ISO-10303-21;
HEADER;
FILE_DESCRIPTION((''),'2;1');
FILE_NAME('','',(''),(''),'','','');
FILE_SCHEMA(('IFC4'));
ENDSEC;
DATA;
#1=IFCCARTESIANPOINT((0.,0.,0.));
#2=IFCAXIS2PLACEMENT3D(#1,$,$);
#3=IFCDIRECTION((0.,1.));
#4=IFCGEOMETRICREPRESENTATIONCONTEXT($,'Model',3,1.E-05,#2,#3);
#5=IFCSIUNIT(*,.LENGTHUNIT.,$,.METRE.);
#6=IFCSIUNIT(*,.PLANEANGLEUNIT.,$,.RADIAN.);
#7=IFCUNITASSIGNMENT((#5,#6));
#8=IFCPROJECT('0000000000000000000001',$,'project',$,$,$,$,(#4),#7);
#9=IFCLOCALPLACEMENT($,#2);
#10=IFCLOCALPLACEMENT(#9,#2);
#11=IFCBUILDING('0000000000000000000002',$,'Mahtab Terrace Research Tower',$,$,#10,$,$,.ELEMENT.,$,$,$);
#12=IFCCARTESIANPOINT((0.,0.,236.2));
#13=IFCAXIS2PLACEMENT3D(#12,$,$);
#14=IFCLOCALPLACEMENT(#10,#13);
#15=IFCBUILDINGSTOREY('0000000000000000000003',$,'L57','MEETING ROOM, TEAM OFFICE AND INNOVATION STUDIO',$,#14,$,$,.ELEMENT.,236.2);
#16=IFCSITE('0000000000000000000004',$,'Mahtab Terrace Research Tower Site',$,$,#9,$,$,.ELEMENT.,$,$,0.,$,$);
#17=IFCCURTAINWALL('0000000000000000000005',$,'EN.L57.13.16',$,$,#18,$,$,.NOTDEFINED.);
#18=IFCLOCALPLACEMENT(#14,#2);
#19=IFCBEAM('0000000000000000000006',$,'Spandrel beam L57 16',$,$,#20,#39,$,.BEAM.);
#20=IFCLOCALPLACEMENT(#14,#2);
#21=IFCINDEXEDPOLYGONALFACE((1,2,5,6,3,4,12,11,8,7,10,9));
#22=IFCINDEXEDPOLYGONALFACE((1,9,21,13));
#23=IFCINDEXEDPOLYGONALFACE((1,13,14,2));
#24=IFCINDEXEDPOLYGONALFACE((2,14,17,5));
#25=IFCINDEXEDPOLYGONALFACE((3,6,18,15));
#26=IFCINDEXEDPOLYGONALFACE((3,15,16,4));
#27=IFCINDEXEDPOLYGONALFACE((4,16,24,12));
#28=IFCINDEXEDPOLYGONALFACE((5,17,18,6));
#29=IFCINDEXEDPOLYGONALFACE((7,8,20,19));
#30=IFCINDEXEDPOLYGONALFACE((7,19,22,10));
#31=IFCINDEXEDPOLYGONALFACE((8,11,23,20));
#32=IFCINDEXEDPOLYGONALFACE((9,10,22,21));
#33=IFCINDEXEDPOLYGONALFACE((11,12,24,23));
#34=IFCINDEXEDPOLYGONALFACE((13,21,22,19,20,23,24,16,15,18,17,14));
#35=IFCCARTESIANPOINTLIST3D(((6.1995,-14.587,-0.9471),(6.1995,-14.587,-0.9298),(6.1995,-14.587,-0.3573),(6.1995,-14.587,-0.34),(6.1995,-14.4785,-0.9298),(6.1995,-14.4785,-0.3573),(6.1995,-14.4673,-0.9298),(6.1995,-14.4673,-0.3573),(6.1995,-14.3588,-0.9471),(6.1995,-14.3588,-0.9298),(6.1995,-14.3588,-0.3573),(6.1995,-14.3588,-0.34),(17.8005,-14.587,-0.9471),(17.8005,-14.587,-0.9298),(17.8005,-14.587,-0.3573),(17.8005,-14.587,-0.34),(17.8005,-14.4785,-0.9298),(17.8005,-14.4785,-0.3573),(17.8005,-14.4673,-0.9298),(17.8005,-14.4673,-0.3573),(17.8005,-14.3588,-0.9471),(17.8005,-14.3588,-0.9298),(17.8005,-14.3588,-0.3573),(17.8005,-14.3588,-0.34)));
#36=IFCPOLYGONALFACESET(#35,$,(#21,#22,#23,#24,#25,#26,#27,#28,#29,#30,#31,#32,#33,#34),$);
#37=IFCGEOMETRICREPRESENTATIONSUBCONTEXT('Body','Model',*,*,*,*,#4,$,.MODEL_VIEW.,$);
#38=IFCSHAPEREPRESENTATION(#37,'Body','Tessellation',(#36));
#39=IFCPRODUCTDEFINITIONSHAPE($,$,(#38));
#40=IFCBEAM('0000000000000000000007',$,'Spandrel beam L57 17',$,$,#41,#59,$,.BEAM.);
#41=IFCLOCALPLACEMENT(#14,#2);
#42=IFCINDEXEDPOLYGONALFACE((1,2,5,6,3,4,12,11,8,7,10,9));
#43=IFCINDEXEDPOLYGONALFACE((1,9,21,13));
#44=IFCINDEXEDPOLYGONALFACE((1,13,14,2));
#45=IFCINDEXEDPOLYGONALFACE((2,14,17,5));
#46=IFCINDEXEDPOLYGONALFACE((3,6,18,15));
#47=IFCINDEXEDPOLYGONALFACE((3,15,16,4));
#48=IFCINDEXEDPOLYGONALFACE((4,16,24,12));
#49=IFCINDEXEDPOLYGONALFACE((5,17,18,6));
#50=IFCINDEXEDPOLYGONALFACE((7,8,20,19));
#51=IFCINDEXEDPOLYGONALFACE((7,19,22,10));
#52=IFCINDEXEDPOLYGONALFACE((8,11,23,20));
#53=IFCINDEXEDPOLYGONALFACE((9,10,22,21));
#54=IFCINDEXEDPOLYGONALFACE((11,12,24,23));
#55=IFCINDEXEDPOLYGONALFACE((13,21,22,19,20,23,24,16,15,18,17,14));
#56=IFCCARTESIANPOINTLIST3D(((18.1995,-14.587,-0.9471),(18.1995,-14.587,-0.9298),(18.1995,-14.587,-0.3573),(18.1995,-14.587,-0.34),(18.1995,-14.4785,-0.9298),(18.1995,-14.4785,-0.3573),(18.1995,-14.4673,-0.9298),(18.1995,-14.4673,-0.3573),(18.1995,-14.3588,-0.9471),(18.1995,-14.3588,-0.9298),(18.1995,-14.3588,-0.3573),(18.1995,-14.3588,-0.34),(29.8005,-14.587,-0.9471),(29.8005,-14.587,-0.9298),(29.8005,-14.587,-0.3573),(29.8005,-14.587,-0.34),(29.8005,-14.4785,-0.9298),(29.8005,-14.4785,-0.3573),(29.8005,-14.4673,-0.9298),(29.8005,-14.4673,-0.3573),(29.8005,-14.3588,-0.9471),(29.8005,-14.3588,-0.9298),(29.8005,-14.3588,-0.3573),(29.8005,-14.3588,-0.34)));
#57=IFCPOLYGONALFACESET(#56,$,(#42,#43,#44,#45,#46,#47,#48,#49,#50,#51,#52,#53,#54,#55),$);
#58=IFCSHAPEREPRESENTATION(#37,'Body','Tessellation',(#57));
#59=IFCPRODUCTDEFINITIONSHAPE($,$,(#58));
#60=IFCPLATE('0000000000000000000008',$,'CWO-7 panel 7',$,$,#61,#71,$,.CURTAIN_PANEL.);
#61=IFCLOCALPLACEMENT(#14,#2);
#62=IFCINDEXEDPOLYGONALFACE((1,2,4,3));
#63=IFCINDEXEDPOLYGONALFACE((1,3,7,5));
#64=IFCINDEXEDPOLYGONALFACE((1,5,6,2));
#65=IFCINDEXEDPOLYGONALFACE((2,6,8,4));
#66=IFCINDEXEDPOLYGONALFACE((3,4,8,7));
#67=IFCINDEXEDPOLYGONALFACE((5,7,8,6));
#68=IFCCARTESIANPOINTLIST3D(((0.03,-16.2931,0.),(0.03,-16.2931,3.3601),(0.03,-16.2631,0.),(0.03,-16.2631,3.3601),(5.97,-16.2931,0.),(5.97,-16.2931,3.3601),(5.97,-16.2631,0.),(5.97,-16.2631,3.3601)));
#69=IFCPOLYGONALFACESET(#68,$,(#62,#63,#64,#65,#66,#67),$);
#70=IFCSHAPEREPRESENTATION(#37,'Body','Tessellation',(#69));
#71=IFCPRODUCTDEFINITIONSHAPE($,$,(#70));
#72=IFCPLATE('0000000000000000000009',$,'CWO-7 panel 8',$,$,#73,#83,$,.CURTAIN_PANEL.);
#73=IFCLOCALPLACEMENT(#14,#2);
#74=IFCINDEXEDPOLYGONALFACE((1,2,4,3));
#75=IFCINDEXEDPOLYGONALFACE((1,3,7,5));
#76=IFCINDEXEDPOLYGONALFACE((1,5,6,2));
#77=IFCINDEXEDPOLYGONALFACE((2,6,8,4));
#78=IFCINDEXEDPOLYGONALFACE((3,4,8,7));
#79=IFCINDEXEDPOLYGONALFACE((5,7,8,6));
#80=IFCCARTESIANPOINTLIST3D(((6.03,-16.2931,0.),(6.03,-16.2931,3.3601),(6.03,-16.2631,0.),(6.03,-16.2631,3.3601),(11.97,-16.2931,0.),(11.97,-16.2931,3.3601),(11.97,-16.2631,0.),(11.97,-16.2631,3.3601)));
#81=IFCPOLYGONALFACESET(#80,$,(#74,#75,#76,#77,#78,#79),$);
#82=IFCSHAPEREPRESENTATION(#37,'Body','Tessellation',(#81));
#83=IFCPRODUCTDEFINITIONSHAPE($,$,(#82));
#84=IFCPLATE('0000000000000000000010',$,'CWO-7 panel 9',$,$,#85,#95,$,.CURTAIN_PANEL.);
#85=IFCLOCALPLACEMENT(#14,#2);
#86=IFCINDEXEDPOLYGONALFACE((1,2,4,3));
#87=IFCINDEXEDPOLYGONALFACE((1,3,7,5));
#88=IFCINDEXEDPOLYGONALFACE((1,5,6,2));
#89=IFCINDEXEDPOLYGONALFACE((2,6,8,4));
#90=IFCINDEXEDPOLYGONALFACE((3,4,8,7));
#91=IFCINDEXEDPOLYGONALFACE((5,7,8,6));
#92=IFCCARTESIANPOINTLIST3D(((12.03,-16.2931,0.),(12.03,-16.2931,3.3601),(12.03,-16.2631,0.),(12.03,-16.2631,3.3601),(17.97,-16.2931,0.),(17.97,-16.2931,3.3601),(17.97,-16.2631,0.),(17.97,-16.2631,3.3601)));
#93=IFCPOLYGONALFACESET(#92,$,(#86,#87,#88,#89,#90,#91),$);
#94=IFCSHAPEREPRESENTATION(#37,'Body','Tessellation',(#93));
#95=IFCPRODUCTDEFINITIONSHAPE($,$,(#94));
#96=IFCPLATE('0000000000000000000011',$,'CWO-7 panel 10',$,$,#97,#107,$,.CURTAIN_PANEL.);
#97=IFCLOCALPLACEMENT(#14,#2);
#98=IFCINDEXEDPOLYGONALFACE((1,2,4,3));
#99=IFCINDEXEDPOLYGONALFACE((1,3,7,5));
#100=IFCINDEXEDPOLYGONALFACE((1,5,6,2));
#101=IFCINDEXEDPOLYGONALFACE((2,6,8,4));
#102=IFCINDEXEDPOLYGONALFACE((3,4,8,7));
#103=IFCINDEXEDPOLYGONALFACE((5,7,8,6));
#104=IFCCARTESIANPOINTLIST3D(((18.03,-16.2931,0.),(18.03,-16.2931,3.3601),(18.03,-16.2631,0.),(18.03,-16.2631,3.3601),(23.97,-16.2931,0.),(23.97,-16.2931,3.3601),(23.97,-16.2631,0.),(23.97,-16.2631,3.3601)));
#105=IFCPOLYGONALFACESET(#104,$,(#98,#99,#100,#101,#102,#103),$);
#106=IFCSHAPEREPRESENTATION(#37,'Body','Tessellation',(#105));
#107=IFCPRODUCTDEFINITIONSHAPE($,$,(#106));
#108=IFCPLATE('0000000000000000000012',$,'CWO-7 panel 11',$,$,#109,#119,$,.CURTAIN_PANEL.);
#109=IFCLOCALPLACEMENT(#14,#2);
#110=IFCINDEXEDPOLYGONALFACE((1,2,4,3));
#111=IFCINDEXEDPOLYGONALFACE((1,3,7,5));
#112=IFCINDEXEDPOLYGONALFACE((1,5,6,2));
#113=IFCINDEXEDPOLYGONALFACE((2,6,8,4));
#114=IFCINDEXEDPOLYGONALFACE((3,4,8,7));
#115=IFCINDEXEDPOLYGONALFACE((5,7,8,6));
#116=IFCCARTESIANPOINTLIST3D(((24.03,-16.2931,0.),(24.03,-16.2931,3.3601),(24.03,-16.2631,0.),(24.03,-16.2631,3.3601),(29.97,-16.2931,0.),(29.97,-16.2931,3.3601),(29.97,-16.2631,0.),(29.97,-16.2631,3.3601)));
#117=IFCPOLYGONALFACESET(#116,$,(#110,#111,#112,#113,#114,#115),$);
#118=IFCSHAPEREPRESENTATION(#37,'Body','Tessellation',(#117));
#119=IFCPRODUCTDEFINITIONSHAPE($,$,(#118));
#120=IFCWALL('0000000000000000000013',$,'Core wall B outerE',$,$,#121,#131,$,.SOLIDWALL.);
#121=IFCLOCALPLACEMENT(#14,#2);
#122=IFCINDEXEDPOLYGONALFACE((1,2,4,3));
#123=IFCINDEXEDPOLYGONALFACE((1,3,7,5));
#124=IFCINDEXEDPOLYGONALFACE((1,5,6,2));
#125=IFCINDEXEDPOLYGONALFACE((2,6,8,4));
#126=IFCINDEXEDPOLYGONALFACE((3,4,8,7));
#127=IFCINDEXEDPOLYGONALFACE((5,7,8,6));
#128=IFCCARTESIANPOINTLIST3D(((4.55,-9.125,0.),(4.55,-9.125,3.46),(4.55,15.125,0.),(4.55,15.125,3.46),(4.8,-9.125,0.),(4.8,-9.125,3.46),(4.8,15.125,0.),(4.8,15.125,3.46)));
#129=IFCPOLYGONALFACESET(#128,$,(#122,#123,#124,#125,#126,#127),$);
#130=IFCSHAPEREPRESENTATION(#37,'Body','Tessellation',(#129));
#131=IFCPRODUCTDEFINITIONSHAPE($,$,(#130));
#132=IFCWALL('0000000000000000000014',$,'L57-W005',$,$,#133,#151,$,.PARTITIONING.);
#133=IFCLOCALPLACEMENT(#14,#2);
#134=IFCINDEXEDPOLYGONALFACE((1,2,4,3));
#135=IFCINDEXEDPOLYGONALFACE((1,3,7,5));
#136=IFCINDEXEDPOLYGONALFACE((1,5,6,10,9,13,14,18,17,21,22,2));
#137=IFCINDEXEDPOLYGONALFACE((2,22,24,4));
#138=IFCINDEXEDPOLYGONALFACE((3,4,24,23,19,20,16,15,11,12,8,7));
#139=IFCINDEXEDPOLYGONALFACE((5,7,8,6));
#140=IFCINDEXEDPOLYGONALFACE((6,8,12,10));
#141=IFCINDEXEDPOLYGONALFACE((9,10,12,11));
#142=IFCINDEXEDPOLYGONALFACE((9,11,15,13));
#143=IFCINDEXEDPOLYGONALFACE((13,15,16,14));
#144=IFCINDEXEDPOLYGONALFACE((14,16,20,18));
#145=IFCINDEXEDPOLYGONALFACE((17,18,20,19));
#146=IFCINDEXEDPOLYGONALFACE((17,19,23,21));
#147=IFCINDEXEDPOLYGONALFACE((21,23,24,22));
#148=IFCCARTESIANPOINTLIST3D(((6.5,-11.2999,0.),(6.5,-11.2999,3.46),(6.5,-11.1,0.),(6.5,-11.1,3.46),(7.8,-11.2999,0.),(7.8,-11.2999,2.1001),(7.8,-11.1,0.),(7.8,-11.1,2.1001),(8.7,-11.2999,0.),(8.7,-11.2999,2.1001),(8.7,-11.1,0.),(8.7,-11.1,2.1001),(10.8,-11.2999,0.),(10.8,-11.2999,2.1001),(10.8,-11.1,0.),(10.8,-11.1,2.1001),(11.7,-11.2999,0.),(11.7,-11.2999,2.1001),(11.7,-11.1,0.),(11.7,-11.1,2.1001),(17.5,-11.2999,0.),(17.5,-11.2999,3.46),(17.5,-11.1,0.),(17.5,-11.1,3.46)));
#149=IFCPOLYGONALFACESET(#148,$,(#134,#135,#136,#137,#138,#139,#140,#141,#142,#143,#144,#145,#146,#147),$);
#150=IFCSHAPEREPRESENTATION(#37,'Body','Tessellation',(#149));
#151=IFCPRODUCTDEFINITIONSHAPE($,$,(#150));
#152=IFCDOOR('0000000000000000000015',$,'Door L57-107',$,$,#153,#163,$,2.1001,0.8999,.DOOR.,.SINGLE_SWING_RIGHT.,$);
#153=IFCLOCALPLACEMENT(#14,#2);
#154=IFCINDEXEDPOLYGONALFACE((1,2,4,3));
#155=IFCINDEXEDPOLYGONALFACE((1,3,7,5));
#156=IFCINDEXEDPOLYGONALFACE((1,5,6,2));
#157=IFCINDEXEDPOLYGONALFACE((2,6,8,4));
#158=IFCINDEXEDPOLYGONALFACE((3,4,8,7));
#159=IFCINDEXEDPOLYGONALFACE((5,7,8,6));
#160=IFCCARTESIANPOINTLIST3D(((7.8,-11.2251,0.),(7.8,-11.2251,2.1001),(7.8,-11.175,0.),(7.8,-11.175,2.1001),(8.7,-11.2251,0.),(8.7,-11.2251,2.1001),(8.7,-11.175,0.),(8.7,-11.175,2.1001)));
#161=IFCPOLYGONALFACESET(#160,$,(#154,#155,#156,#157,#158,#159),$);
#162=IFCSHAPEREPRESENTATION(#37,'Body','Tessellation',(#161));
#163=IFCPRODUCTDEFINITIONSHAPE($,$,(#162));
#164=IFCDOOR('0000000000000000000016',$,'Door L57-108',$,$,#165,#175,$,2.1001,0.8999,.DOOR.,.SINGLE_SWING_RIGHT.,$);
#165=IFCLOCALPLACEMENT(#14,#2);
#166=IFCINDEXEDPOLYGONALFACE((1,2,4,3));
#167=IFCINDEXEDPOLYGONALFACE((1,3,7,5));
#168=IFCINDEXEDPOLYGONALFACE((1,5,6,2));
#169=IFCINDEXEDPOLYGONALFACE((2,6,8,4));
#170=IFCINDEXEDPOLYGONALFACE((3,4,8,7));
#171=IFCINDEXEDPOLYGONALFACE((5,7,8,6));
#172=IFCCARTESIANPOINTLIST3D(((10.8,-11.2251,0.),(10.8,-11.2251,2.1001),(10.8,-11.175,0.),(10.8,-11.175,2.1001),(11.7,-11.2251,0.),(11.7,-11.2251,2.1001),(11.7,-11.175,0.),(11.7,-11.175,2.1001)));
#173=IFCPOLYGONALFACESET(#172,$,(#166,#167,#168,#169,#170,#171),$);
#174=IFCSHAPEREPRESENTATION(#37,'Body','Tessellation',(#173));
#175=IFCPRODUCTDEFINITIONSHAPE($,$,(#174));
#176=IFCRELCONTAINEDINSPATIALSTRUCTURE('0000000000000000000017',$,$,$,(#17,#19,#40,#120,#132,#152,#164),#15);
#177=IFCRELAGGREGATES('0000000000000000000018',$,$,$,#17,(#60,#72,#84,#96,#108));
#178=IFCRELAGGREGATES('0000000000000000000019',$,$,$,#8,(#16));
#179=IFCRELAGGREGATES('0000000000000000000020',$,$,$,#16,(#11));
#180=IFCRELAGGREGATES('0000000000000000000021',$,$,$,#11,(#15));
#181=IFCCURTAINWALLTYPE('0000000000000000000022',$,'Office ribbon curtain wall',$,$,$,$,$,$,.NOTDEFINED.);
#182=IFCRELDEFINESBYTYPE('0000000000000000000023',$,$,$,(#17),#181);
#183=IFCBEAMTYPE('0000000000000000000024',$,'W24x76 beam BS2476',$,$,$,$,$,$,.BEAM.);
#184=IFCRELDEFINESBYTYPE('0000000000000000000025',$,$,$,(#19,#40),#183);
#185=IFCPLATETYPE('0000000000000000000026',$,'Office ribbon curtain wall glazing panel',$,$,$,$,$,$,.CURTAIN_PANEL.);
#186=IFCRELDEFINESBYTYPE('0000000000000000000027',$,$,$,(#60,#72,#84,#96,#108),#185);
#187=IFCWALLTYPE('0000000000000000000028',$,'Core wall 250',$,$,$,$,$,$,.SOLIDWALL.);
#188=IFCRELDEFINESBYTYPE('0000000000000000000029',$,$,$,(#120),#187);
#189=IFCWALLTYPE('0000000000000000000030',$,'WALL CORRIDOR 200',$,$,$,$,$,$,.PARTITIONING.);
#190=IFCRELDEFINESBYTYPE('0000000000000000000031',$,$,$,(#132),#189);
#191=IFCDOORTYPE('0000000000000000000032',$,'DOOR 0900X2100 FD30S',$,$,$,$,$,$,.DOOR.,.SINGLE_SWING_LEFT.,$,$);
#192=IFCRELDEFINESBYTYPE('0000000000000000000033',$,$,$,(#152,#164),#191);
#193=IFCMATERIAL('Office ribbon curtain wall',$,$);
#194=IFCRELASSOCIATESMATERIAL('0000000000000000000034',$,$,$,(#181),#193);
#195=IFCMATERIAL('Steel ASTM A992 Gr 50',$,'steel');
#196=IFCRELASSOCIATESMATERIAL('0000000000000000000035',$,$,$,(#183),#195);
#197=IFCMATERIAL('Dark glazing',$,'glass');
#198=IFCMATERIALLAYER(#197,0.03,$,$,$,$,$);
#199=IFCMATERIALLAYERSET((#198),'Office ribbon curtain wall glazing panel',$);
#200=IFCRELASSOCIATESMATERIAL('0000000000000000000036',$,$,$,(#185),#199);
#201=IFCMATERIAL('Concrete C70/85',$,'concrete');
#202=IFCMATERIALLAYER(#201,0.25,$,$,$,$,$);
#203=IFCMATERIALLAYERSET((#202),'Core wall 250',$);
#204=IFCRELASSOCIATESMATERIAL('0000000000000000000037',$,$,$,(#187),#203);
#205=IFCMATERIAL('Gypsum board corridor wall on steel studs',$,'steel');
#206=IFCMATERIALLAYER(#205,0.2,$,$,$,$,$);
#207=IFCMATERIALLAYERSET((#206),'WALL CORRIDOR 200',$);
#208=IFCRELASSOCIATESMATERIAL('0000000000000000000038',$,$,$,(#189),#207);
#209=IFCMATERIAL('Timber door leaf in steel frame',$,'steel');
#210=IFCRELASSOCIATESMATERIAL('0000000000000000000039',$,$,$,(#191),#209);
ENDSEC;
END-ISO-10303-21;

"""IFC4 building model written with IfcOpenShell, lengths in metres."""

from ifc_helpers import new_model, si_unit, direction, frame, frame_2d, origin, origin_2d, place, context, subcontext, project, spatial, rectangle, i_section, extrude, material, layer, layer_set, material_profile, profile_set, type_object, element, fill, aggregate, save


model = new_model("IFC4")

# Units and contexts
model_context = context("Model", 3, precision=1e-05, world=origin(), true_north=direction((0.0, 1.0)))
body_context = subcontext(model_context, "Body", "Model", "MODEL_VIEW")
ifc_project = project(units=[si_unit("LENGTHUNIT", "METRE"), si_unit("PLANEANGLEUNIT", "RADIAN")], contexts=[model_context])

# Site, building, storey
site_placement = place(None, origin())
site = spatial("IfcSite", under=ifc_project, at=site_placement, Name="Mahtab Terrace Research Tower Site", CompositionType="ELEMENT", RefElevation=0.0)
building_placement = place(site_placement, origin())
building = spatial("IfcBuilding", under=site, at=building_placement, Name="Mahtab Terrace Research Tower", CompositionType="ELEMENT")
storey_placement = place(building_placement, frame((0.0, 0.0, 236.2)))
storey = spatial("IfcBuildingStorey", under=building, at=storey_placement, Name="L57", Description="MEETING ROOM, TEAM OFFICE AND INNOVATION STUDIO", CompositionType="ELEMENT", Elevation=236.2)

# Shared definitions
ifc_material_1 = material(Name="Concrete C70/85", Category="concrete")
ifc_material_2 = material(Name="Steel ASTM A992 Gr 50", Category="steel")

# Curtain wall
ifc_material_3 = material(Name="Office ribbon curtain wall")
curtain_wall_type = type_object("IfcCurtainWallType", Name="Office ribbon curtain wall", PredefinedType="NOTDEFINED", material=ifc_material_3)
curtain_wall_placement = place(storey_placement, origin())
curtain_wall = element("IfcCurtainWall", 1, at=curtain_wall_placement, inside=storey, type_object=curtain_wall_type, Name="EN.L57.13.16", PredefinedType="NOTDEFINED")

# Beams
ifc_material_profile_1 = material_profile(ifc_material_2, i_section(OverallWidth=0.2283, OverallDepth=0.6072, WebThickness=0.0112, FlangeThickness=0.0173, at=origin_2d()), Name="W24X76")
ifc_profile_set_1 = profile_set([ifc_material_profile_1], Name="Steel ASTM A992 Gr 50")
beam_type = type_object("IfcBeamType", Name="W24x76 beam BS2476", PredefinedType="BEAM", material=ifc_profile_set_1)
for number, where, z_axis, x_axis, name in (
    (2, (6.1995, -14.4729, -0.6436), (1.0, 0.0, 0.0), (0.0, 1.0, 0.0), "Spandrel beam L57 16"),
    (3, (18.1995, -14.4729, -0.6436), (1.0, 0.0, 0.0), (0.0, 1.0, 0.0), "Spandrel beam L57 17"),
):
    element("IfcBeam", number, at=place(storey_placement, frame(where, z_axis=z_axis, x_axis=x_axis)), inside=storey, type_object=beam_type, Name=name, PredefinedType="BEAM", context=body_context, shape_type="SweptSolid", body=[
        extrude(i_section(OverallWidth=0.2283, OverallDepth=0.6072, WebThickness=0.0112, FlangeThickness=0.0173, at=origin_2d()), origin(), (0.0, 0.0, 1.0), 11.6011),
    ])

# Plates
ifc_material_4 = material(Name="Dark glazing", Category="glass")
ifc_layer_1 = layer(ifc_material_4, 0.03)
ifc_layer_set_1 = layer_set([ifc_layer_1], Name="Office ribbon curtain wall glazing panel")
plate_type = type_object("IfcPlateType", Name="Office ribbon curtain wall glazing panel", PredefinedType="CURTAIN_PANEL", material=ifc_layer_set_1)
plate_1_placement = place(storey_placement, frame((3.0, -16.2781, 0.0), z_axis=(0.0, 0.0, 1.0), x_axis=(1.0, 0.0, 0.0)))
plate_1 = element("IfcPlate", 4, at=plate_1_placement, type_object=plate_type, Name="CWO-7 panel 7", PredefinedType="CURTAIN_PANEL", context=body_context, shape_type="SweptSolid", body=[
    extrude(rectangle(XDim=5.9399, YDim=0.03, at=origin_2d()), origin(), (0.0, 0.0, 1.0), 3.3601),
])
plate_2_placement = place(storey_placement, frame((9.0, -16.2781, 0.0), z_axis=(0.0, 0.0, 1.0), x_axis=(1.0, 0.0, 0.0)))
plate_2 = element("IfcPlate", 5, at=plate_2_placement, type_object=plate_type, Name="CWO-7 panel 8", PredefinedType="CURTAIN_PANEL", context=body_context, shape_type="SweptSolid", body=[
    extrude(rectangle(XDim=5.9399, YDim=0.03, at=origin_2d()), origin(), (0.0, 0.0, 1.0), 3.3601),
])
plate_3_placement = place(storey_placement, frame((15.0, -16.2781, 0.0), z_axis=(0.0, 0.0, 1.0), x_axis=(1.0, 0.0, 0.0)))
plate_3 = element("IfcPlate", 6, at=plate_3_placement, type_object=plate_type, Name="CWO-7 panel 9", PredefinedType="CURTAIN_PANEL", context=body_context, shape_type="SweptSolid", body=[
    extrude(rectangle(XDim=5.9399, YDim=0.03, at=origin_2d()), origin(), (0.0, 0.0, 1.0), 3.3601),
])
plate_4_placement = place(storey_placement, frame((21.0, -16.2781, 0.0), z_axis=(0.0, 0.0, 1.0), x_axis=(1.0, 0.0, 0.0)))
plate_4 = element("IfcPlate", 7, at=plate_4_placement, type_object=plate_type, Name="CWO-7 panel 10", PredefinedType="CURTAIN_PANEL", context=body_context, shape_type="SweptSolid", body=[
    extrude(rectangle(XDim=5.9399, YDim=0.03, at=origin_2d()), origin(), (0.0, 0.0, 1.0), 3.3601),
])
plate_5_placement = place(storey_placement, frame((27.0, -16.2781, 0.0), z_axis=(0.0, 0.0, 1.0), x_axis=(1.0, 0.0, 0.0)))
plate_5 = element("IfcPlate", 8, at=plate_5_placement, type_object=plate_type, Name="CWO-7 panel 11", PredefinedType="CURTAIN_PANEL", context=body_context, shape_type="SweptSolid", body=[
    extrude(rectangle(XDim=5.9399, YDim=0.03, at=origin_2d()), origin(), (0.0, 0.0, 1.0), 3.3601),
])
aggregate(curtain_wall, [plate_1, plate_2, plate_3, plate_4, plate_5])

# Wall
ifc_layer_2 = layer(ifc_material_1, 0.25)
ifc_layer_set_2 = layer_set([ifc_layer_2], Name="Core wall 250")
wall_type_1 = type_object("IfcWallType", Name="Core wall 250", PredefinedType="SOLIDWALL", material=ifc_layer_set_2)
wall_1_placement = place(storey_placement, frame((4.675, -9.125, 0.0), z_axis=(0.0, 0.0, 1.0), x_axis=(0.0, 1.0, 0.0)))
element("IfcWall", 9, at=wall_1_placement, inside=storey, type_object=wall_type_1, Name="Core wall B outerE", PredefinedType="SOLIDWALL", context=body_context, shape_type="SweptSolid", body=[
    extrude(rectangle(XDim=24.25, YDim=0.25, at=frame_2d((12.125, 0.0))), origin(), (0.0, 0.0, 1.0), 3.46),
])

# Wall, openings, doors
ifc_material_5 = material(Name="Gypsum board corridor wall on steel studs", Category="steel")
ifc_layer_3 = layer(ifc_material_5, 0.2)
ifc_layer_set_3 = layer_set([ifc_layer_3], Name="WALL CORRIDOR 200")
wall_type_2 = type_object("IfcWallType", Name="WALL CORRIDOR 200", PredefinedType="PARTITIONING", material=ifc_layer_set_3)
wall_2_placement = place(storey_placement, frame((6.5, -11.2, 0.0), z_axis=(0.0, 0.0, 1.0), x_axis=(1.0, 0.0, 0.0)))
wall_2 = element("IfcWall", 10, at=wall_2_placement, inside=storey, type_object=wall_type_2, Name="L57-W005", PredefinedType="PARTITIONING", context=body_context, shape_type="SweptSolid", body=[
    extrude(rectangle(XDim=11.0, YDim=0.2, at=frame_2d((5.5, 0.0))), origin(), (0.0, 0.0, 1.0), 3.46),
])
opening_1_placement = place(wall_2_placement, frame((1.3, 0.0, 0.0)))
opening_1 = element("IfcOpeningElement", 11, at=opening_1_placement, cuts=wall_2, PredefinedType="OPENING", context=body_context, shape_type="SweptSolid", body=[
    extrude(rectangle(XDim=0.8999, YDim=2.1001, at=frame_2d((0.45, 1.05))), frame((0.0, 0.1099, 0.0), z_axis=(0.0, -1.0, 0.0), x_axis=(1.0, 0.0, 0.0)), (0.0, 0.0, 1.0), 0.22),
])
opening_2_placement = place(wall_2_placement, frame((4.3, 0.0, 0.0)))
opening_2 = element("IfcOpeningElement", 12, at=opening_2_placement, cuts=wall_2, PredefinedType="OPENING", context=body_context, shape_type="SweptSolid", body=[
    extrude(rectangle(XDim=0.8999, YDim=2.1001, at=frame_2d((0.45, 1.05))), frame((0.0, 0.1099, 0.0), z_axis=(0.0, -1.0, 0.0), x_axis=(1.0, 0.0, 0.0)), (0.0, 0.0, 1.0), 0.22),
])
ifc_material_6 = material(Name="Timber door leaf in steel frame", Category="steel")
door_type_1 = type_object("IfcDoorType", Name="DOOR 0900X2100 FD30S", OperationType="SINGLE_SWING_LEFT", PredefinedType="DOOR", material=ifc_material_6)
door_1_placement = place(opening_1_placement, origin())
door_1 = element("IfcDoor", 13, at=door_1_placement, inside=storey, type_object=door_type_1, Name="Door L57-107", OperationType="SINGLE_SWING_RIGHT", OverallHeight=2.1001, OverallWidth=0.8999, PredefinedType="DOOR", context=body_context, shape_type="SweptSolid", body=[
    extrude(rectangle(XDim=0.8999, YDim=2.1001, at=frame_2d((0.45, 1.05))), frame((0.0, 0.0249, 0.0), z_axis=(0.0, -1.0, 0.0), x_axis=(1.0, 0.0, 0.0)), (0.0, 0.0, 1.0), 0.05),
])
fill(opening_1, door_1)
door_2_placement = place(opening_2_placement, origin())
door_2 = element("IfcDoor", 14, at=door_2_placement, inside=storey, type_object=door_type_1, Name="Door L57-108", OperationType="SINGLE_SWING_RIGHT", OverallHeight=2.1001, OverallWidth=0.8999, PredefinedType="DOOR", context=body_context, shape_type="SweptSolid", body=[
    extrude(rectangle(XDim=0.8999, YDim=2.1001, at=frame_2d((0.45, 1.05))), frame((0.0, 0.0249, 0.0), z_axis=(0.0, -1.0, 0.0), x_axis=(1.0, 0.0, 0.0)), (0.0, 0.0, 1.0), 0.05),
])
fill(opening_2, door_2)

save(model, "model.ifc")
